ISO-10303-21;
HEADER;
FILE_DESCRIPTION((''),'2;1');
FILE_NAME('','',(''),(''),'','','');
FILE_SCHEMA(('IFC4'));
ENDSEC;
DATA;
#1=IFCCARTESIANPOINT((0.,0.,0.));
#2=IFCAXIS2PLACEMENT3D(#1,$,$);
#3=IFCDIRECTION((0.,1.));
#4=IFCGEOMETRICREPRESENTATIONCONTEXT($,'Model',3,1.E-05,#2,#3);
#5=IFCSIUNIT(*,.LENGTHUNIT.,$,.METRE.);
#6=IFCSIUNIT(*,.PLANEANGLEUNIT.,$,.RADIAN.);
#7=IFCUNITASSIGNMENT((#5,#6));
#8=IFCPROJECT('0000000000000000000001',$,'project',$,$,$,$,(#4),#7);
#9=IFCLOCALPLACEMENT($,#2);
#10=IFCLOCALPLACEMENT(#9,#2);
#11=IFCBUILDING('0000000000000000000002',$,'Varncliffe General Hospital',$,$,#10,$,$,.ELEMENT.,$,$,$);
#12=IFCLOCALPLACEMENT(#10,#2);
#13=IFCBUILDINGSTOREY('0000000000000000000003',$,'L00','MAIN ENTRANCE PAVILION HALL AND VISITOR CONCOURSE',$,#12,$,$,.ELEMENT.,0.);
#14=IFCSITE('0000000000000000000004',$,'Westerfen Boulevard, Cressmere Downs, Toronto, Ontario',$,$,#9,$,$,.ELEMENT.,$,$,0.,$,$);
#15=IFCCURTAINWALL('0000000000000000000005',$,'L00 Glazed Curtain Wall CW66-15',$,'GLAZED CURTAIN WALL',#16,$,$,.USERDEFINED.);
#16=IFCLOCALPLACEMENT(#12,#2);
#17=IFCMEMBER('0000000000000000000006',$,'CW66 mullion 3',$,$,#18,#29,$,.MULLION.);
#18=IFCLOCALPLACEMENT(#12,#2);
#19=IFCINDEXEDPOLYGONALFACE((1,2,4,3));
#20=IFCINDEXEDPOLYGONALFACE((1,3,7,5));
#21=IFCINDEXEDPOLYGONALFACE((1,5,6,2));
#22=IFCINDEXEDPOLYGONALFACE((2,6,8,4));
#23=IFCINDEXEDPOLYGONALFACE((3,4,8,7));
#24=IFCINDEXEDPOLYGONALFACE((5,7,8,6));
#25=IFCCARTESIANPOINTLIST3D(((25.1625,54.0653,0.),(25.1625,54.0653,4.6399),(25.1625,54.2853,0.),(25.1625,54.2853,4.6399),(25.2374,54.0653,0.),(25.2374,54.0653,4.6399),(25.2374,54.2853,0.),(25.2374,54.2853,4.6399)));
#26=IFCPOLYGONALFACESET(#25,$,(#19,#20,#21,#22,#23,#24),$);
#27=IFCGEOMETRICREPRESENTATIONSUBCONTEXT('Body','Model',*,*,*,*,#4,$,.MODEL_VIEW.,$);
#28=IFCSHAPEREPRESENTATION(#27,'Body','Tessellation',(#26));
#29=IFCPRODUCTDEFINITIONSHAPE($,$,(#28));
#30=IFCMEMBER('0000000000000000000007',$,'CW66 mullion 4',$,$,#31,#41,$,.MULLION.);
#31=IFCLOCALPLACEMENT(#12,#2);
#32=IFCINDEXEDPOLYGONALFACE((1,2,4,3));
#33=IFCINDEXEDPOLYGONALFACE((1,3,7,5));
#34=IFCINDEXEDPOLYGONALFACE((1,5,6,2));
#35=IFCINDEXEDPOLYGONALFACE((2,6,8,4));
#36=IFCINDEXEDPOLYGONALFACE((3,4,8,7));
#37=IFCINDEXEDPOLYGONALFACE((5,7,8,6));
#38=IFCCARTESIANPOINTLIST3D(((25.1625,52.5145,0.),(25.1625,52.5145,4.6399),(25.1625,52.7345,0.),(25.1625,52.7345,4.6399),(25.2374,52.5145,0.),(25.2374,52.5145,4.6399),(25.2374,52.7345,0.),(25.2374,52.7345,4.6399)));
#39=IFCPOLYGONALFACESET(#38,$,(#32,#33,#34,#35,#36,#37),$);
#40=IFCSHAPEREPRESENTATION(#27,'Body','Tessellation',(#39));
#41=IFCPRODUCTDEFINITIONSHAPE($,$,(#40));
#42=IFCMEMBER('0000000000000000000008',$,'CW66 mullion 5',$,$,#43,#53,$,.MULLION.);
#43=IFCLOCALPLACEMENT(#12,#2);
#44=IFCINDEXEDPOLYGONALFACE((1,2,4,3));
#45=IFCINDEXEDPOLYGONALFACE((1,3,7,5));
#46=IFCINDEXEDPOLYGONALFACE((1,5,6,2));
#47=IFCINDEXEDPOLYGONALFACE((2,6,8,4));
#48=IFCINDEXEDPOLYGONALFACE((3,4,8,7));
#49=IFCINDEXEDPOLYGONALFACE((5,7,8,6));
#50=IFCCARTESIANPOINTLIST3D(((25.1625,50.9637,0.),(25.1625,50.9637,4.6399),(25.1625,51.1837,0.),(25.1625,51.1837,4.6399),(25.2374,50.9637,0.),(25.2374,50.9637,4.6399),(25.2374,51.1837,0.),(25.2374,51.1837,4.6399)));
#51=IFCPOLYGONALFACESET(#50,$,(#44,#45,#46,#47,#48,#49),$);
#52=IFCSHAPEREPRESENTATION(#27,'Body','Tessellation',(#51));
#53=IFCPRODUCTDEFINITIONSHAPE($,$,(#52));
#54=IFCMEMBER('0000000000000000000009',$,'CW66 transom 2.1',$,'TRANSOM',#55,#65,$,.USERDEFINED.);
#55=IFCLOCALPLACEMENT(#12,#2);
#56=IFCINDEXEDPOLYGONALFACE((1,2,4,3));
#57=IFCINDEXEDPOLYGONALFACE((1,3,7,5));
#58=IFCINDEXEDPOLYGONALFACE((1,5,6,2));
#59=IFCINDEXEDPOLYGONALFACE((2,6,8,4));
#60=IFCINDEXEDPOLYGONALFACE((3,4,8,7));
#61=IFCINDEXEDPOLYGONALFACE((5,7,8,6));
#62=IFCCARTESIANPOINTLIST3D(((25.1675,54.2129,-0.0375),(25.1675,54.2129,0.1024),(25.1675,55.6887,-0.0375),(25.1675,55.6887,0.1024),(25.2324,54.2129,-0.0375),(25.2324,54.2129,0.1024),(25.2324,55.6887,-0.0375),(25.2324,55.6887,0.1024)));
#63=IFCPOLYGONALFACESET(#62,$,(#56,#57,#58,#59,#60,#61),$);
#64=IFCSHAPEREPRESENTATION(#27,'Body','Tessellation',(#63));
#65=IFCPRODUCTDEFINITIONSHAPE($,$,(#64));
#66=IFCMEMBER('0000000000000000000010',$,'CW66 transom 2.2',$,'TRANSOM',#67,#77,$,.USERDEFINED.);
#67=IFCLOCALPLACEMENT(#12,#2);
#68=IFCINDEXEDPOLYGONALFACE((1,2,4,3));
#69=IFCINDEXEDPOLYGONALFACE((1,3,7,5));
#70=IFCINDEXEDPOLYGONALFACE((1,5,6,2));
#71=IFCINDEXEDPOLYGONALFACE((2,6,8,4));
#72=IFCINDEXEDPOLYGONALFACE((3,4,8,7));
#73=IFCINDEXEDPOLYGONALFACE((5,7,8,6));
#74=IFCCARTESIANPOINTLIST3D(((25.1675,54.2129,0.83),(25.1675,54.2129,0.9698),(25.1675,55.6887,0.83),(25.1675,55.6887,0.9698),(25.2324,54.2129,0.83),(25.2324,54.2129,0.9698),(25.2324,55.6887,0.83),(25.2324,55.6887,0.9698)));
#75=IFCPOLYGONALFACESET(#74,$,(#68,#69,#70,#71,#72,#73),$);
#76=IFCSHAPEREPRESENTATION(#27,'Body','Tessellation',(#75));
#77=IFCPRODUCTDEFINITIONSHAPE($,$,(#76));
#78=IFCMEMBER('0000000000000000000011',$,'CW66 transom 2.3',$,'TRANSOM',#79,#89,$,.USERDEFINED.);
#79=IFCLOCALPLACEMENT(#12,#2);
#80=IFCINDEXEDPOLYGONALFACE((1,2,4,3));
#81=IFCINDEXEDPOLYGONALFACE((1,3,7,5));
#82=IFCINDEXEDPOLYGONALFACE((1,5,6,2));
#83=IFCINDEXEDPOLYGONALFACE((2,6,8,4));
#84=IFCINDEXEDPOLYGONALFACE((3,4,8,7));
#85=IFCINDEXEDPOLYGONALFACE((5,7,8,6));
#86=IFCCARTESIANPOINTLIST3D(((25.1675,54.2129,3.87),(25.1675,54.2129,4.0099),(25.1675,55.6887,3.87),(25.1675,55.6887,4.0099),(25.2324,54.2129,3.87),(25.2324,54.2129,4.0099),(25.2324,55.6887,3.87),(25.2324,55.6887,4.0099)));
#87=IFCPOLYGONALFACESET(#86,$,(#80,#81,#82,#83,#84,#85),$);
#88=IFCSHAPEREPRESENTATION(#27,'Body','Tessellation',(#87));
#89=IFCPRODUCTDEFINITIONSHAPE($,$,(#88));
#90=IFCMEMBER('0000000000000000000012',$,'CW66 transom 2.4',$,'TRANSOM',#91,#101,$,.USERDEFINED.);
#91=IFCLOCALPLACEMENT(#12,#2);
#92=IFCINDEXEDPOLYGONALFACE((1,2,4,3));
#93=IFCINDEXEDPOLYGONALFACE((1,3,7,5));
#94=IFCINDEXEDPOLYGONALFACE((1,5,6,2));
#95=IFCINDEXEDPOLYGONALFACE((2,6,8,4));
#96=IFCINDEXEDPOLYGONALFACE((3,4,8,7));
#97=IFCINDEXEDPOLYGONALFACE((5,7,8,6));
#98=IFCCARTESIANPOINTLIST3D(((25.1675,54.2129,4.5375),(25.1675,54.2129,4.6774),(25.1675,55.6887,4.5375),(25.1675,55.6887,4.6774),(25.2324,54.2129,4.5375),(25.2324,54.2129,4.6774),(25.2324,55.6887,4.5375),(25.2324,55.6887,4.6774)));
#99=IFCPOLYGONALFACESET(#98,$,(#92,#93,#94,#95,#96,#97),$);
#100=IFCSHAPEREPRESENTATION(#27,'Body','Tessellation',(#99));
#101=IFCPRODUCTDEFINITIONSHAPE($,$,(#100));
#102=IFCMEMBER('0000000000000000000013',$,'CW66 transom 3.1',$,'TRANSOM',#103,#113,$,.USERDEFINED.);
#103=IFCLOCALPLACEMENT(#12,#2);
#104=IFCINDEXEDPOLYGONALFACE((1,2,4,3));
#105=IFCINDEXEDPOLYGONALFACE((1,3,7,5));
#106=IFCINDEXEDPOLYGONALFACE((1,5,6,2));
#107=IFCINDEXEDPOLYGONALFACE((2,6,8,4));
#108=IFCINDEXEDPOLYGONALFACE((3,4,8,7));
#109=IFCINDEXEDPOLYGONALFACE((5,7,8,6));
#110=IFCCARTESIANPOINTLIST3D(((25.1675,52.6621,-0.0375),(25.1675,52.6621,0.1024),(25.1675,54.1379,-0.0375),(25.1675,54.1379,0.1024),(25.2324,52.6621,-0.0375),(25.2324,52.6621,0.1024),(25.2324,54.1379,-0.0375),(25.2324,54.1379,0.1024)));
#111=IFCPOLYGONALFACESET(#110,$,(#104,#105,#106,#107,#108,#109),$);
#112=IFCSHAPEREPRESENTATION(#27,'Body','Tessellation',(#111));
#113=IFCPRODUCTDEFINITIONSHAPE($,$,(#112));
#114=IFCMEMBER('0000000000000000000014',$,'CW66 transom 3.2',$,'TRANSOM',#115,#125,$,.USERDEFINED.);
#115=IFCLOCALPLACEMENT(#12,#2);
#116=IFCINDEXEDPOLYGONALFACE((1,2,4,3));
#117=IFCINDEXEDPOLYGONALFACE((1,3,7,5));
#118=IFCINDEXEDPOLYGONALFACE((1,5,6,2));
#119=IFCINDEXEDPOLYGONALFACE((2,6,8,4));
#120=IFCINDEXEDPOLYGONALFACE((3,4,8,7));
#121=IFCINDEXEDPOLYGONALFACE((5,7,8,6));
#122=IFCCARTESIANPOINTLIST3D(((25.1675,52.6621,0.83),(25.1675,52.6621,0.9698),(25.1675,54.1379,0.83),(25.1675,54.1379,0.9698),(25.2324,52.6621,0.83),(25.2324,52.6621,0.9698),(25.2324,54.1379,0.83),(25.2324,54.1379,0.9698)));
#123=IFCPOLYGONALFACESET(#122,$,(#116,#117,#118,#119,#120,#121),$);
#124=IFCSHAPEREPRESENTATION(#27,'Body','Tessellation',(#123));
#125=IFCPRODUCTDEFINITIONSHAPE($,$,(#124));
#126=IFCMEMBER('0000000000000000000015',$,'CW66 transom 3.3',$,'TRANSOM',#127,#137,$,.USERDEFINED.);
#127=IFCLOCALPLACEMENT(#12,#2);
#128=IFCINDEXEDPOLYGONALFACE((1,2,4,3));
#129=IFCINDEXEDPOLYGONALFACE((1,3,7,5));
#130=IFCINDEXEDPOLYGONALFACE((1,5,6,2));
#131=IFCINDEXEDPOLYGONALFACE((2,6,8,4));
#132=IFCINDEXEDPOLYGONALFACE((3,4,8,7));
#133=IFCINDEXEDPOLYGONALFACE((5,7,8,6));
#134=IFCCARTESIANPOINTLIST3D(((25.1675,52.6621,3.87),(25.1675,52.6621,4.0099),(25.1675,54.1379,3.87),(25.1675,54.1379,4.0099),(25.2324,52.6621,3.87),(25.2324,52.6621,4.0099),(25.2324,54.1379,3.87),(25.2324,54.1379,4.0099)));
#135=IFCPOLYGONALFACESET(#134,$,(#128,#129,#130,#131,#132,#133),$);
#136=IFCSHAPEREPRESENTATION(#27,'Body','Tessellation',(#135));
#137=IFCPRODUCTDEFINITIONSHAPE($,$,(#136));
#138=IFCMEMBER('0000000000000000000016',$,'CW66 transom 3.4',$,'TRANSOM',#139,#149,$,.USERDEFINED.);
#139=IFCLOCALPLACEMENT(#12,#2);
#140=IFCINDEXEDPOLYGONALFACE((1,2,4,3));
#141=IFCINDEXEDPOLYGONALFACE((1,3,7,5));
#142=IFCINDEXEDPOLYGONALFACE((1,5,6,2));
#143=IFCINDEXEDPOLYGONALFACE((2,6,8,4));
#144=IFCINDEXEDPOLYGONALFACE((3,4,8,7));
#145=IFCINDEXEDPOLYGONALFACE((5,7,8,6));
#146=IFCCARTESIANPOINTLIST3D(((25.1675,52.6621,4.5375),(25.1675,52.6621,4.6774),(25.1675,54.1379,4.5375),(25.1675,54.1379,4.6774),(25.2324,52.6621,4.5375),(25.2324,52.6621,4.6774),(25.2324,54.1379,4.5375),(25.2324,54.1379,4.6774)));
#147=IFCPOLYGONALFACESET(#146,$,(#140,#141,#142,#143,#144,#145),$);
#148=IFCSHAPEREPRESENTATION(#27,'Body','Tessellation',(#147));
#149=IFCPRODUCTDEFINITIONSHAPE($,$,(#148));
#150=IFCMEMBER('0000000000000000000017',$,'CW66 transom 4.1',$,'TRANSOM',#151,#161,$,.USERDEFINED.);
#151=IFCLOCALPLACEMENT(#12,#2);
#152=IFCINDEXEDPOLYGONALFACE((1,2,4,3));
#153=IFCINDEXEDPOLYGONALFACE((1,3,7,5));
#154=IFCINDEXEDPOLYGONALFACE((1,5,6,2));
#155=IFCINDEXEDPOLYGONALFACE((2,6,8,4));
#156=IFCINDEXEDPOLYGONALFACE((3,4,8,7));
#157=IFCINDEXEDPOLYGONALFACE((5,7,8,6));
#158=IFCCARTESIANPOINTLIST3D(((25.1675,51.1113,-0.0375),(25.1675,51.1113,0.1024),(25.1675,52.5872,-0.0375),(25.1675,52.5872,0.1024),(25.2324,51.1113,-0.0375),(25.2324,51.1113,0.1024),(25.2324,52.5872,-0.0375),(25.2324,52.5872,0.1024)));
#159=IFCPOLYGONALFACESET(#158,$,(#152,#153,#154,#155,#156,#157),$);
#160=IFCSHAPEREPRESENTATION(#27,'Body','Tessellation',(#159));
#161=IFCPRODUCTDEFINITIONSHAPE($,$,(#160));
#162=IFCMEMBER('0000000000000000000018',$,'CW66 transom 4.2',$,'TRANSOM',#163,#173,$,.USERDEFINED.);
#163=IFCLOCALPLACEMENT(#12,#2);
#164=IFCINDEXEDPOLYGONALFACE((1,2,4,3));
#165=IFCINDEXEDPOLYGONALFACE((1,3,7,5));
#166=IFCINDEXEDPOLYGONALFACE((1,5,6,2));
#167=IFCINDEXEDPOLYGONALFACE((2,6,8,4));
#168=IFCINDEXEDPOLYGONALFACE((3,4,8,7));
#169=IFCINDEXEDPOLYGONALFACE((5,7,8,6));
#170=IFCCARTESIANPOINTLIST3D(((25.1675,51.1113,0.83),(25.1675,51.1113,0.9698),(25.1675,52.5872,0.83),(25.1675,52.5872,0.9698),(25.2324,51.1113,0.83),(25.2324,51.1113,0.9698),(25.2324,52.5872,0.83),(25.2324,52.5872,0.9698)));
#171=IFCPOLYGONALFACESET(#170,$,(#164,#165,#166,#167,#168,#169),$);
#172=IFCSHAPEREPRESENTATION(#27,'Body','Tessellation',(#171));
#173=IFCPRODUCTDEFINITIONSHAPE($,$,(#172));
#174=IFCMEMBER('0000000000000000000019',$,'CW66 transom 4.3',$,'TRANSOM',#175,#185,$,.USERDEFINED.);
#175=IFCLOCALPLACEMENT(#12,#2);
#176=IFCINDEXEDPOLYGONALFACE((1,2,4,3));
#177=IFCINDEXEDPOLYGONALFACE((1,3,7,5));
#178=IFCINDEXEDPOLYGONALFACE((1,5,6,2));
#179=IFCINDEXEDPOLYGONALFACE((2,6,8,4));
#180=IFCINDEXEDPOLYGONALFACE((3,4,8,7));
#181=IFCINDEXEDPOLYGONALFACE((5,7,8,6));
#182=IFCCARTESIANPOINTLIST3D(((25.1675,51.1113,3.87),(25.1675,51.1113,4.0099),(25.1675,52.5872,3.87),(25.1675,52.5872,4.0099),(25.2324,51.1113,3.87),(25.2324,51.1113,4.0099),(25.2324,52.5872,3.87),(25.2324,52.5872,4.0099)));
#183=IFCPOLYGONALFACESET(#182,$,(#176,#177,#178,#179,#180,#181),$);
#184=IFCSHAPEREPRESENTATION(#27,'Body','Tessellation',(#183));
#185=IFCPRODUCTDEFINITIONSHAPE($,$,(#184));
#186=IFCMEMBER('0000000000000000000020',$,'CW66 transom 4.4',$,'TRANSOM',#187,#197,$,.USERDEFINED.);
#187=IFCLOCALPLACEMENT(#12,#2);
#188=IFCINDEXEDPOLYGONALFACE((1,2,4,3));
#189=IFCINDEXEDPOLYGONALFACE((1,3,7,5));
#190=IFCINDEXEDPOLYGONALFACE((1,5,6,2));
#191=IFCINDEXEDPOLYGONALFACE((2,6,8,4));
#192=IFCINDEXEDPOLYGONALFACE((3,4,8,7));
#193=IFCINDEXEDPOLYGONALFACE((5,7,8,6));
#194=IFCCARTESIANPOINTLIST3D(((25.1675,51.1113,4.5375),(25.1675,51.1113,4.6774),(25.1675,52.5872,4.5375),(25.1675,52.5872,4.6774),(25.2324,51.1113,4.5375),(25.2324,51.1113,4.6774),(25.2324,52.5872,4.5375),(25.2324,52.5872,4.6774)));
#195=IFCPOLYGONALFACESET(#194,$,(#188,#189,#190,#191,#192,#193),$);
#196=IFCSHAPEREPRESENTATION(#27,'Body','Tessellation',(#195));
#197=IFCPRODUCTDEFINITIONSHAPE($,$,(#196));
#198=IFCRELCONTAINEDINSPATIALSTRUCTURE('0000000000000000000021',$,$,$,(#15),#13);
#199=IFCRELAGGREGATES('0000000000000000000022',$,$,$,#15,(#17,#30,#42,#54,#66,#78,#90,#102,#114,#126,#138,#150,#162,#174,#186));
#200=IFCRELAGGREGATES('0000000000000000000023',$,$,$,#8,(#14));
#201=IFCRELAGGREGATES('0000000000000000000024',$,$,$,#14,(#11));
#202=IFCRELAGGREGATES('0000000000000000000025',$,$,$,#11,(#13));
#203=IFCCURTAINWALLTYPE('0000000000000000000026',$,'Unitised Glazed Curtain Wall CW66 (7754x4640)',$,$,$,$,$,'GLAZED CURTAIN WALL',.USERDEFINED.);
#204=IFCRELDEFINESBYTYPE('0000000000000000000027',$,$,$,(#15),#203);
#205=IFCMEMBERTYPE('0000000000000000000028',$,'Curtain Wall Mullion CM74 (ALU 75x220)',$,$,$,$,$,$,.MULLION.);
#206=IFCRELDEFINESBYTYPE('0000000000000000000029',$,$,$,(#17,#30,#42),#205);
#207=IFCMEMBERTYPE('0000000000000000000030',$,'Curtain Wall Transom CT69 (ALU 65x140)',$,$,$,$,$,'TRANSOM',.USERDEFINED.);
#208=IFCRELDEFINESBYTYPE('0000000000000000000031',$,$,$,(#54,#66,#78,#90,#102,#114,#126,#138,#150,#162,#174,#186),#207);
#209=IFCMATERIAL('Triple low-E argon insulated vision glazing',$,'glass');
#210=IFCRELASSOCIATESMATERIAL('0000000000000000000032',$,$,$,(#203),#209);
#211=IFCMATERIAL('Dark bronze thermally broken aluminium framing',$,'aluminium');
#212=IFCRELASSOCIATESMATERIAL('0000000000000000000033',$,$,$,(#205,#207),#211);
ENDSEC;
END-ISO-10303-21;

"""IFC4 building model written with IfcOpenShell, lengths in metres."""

from ifc_helpers import new_model, si_unit, direction, frame, origin, origin_2d, place, context, subcontext, project, spatial, rectangle, extrude, material, material_profile, profile_set, type_object, element, aggregate, save


model = new_model("IFC4")

# Units and contexts
model_context = context("Model", 3, precision=1e-05, world=origin(), true_north=direction((0.0, 1.0)))
body_context = subcontext(model_context, "Body", "Model", "MODEL_VIEW")
ifc_project = project(units=[si_unit("LENGTHUNIT", "METRE"), si_unit("PLANEANGLEUNIT", "RADIAN")], contexts=[model_context])

# Site, building, storey
site_placement = place(None, origin())
site = spatial("IfcSite", under=ifc_project, at=site_placement, Name="Westerfen Boulevard, Cressmere Downs, Toronto, Ontario", CompositionType="ELEMENT", RefElevation=0.0)
building_placement = place(site_placement, origin())
building = spatial("IfcBuilding", under=site, at=building_placement, Name="Varncliffe General Hospital", CompositionType="ELEMENT")
storey_placement = place(building_placement, origin())
storey = spatial("IfcBuildingStorey", under=building, at=storey_placement, Name="L00", Description="MAIN ENTRANCE PAVILION HALL AND VISITOR CONCOURSE", CompositionType="ELEMENT", Elevation=0.0)

# Curtain wall, members
ifc_material_1 = material(Name="Triple low-E argon insulated vision glazing", Category="glass")
curtain_wall_type = type_object("IfcCurtainWallType", Name="Unitised Glazed Curtain Wall CW66 (7754x4640)", ElementType="GLAZED CURTAIN WALL", PredefinedType="USERDEFINED", material=ifc_material_1)
curtain_wall_placement = place(storey_placement, origin())
curtain_wall = element("IfcCurtainWall", 1, at=curtain_wall_placement, inside=storey, type_object=curtain_wall_type, Name="L00 Glazed Curtain Wall CW66-15", ObjectType="GLAZED CURTAIN WALL", PredefinedType="USERDEFINED")
ifc_material_2 = material(Name="Dark bronze thermally broken aluminium framing", Category="aluminium")
ifc_material_profile_1 = material_profile(ifc_material_2, rectangle(XDim=0.075, YDim=0.22, at=origin_2d()), Name="ALU 75x220")
ifc_profile_set_1 = profile_set([ifc_material_profile_1], Name="Dark bronze thermally broken aluminium framing")
member_type_1 = type_object("IfcMemberType", Name="Curtain Wall Mullion CM74 (ALU 75x220)", PredefinedType="MULLION", material=ifc_profile_set_1)
member_1_placement = place(storey_placement, frame((25.2, 54.1753, 0.0), z_axis=(0.0, 0.0, 1.0), x_axis=(1.0, 0.0, 0.0)))
member_1 = element("IfcMember", 2, at=member_1_placement, type_object=member_type_1, Name="CW66 mullion 3", PredefinedType="MULLION", context=body_context, shape_type="SweptSolid", body=[
    extrude(rectangle(XDim=0.075, YDim=0.22, at=origin_2d()), origin(), (0.0, 0.0, 1.0), 4.6399),
])
member_2_placement = place(storey_placement, frame((25.2, 52.6245, 0.0), z_axis=(0.0, 0.0, 1.0), x_axis=(1.0, 0.0, 0.0)))
member_2 = element("IfcMember", 3, at=member_2_placement, type_object=member_type_1, Name="CW66 mullion 4", PredefinedType="MULLION", context=body_context, shape_type="SweptSolid", body=[
    extrude(rectangle(XDim=0.075, YDim=0.22, at=origin_2d()), origin(), (0.0, 0.0, 1.0), 4.6399),
])
member_3_placement = place(storey_placement, frame((25.2, 51.0737, 0.0), z_axis=(0.0, 0.0, 1.0), x_axis=(1.0, 0.0, 0.0)))
member_3 = element("IfcMember", 4, at=member_3_placement, type_object=member_type_1, Name="CW66 mullion 5", PredefinedType="MULLION", context=body_context, shape_type="SweptSolid", body=[
    extrude(rectangle(XDim=0.075, YDim=0.22, at=origin_2d()), origin(), (0.0, 0.0, 1.0), 4.6399),
])
ifc_material_profile_2 = material_profile(ifc_material_2, rectangle(XDim=0.0649, YDim=0.1399, at=origin_2d()), Name="ALU 65x140")
ifc_profile_set_2 = profile_set([ifc_material_profile_2], Name="Dark bronze thermally broken aluminium framing")
member_type_2 = type_object("IfcMemberType", Name="Curtain Wall Transom CT69 (ALU 65x140)", ElementType="TRANSOM", PredefinedType="USERDEFINED", material=ifc_profile_set_2)
member_4_placement = place(storey_placement, frame((25.2, 55.6887, 0.0325), z_axis=(0.0, -1.0, 0.0), x_axis=(1.0, 0.0, 0.0)))
member_4 = element("IfcMember", 5, at=member_4_placement, type_object=member_type_2, Name="CW66 transom 2.1", ObjectType="TRANSOM", PredefinedType="USERDEFINED", context=body_context, shape_type="SweptSolid", body=[
    extrude(rectangle(XDim=0.0649, YDim=0.1399, at=origin_2d()), origin(), (0.0, 0.0, 1.0), 1.4758),
])
member_5_placement = place(storey_placement, frame((25.2, 55.6887, 0.8999), z_axis=(0.0, -1.0, 0.0), x_axis=(1.0, 0.0, 0.0)))
member_5 = element("IfcMember", 6, at=member_5_placement, type_object=member_type_2, Name="CW66 transom 2.2", ObjectType="TRANSOM", PredefinedType="USERDEFINED", context=body_context, shape_type="SweptSolid", body=[
    extrude(rectangle(XDim=0.0649, YDim=0.1399, at=origin_2d()), origin(), (0.0, 0.0, 1.0), 1.4758),
])
member_6_placement = place(storey_placement, frame((25.2, 55.6887, 3.9399), z_axis=(0.0, -1.0, 0.0), x_axis=(1.0, 0.0, 0.0)))
member_6 = element("IfcMember", 7, at=member_6_placement, type_object=member_type_2, Name="CW66 transom 2.3", ObjectType="TRANSOM", PredefinedType="USERDEFINED", context=body_context, shape_type="SweptSolid", body=[
    extrude(rectangle(XDim=0.0649, YDim=0.1399, at=origin_2d()), origin(), (0.0, 0.0, 1.0), 1.4758),
])
member_7_placement = place(storey_placement, frame((25.2, 55.6887, 4.6074), z_axis=(0.0, -1.0, 0.0), x_axis=(1.0, 0.0, 0.0)))
member_7 = element("IfcMember", 8, at=member_7_placement, type_object=member_type_2, Name="CW66 transom 2.4", ObjectType="TRANSOM", PredefinedType="USERDEFINED", context=body_context, shape_type="SweptSolid", body=[
    extrude(rectangle(XDim=0.0649, YDim=0.1399, at=origin_2d()), origin(), (0.0, 0.0, 1.0), 1.4758),
])
member_8_placement = place(storey_placement, frame((25.2, 54.1379, 0.0325), z_axis=(0.0, -1.0, 0.0), x_axis=(1.0, 0.0, 0.0)))
member_8 = element("IfcMember", 9, at=member_8_placement, type_object=member_type_2, Name="CW66 transom 3.1", ObjectType="TRANSOM", PredefinedType="USERDEFINED", context=body_context, shape_type="SweptSolid", body=[
    extrude(rectangle(XDim=0.0649, YDim=0.1399, at=origin_2d()), origin(), (0.0, 0.0, 1.0), 1.4758),
])
member_9_placement = place(storey_placement, frame((25.2, 54.1379, 0.8999), z_axis=(0.0, -1.0, 0.0), x_axis=(1.0, 0.0, 0.0)))
member_9 = element("IfcMember", 10, at=member_9_placement, type_object=member_type_2, Name="CW66 transom 3.2", ObjectType="TRANSOM", PredefinedType="USERDEFINED", context=body_context, shape_type="SweptSolid", body=[
    extrude(rectangle(XDim=0.0649, YDim=0.1399, at=origin_2d()), origin(), (0.0, 0.0, 1.0), 1.4758),
])
member_10_placement = place(storey_placement, frame((25.2, 54.1379, 3.9399), z_axis=(0.0, -1.0, 0.0), x_axis=(1.0, 0.0, 0.0)))
member_10 = element("IfcMember", 11, at=member_10_placement, type_object=member_type_2, Name="CW66 transom 3.3", ObjectType="TRANSOM", PredefinedType="USERDEFINED", context=body_context, shape_type="SweptSolid", body=[
    extrude(rectangle(XDim=0.0649, YDim=0.1399, at=origin_2d()), origin(), (0.0, 0.0, 1.0), 1.4758),
])
member_11_placement = place(storey_placement, frame((25.2, 54.1379, 4.6074), z_axis=(0.0, -1.0, 0.0), x_axis=(1.0, 0.0, 0.0)))
member_11 = element("IfcMember", 12, at=member_11_placement, type_object=member_type_2, Name="CW66 transom 3.4", ObjectType="TRANSOM", PredefinedType="USERDEFINED", context=body_context, shape_type="SweptSolid", body=[
    extrude(rectangle(XDim=0.0649, YDim=0.1399, at=origin_2d()), origin(), (0.0, 0.0, 1.0), 1.4758),
])
member_12_placement = place(storey_placement, frame((25.2, 52.5872, 0.0325), z_axis=(0.0, -1.0, 0.0), x_axis=(1.0, 0.0, 0.0)))
member_12 = element("IfcMember", 13, at=member_12_placement, type_object=member_type_2, Name="CW66 transom 4.1", ObjectType="TRANSOM", PredefinedType="USERDEFINED", context=body_context, shape_type="SweptSolid", body=[
    extrude(rectangle(XDim=0.0649, YDim=0.1399, at=origin_2d()), origin(), (0.0, 0.0, 1.0), 1.4758),
])
member_13_placement = place(storey_placement, frame((25.2, 52.5872, 0.8999), z_axis=(0.0, -1.0, 0.0), x_axis=(1.0, 0.0, 0.0)))
member_13 = element("IfcMember", 14, at=member_13_placement, type_object=member_type_2, Name="CW66 transom 4.2", ObjectType="TRANSOM", PredefinedType="USERDEFINED", context=body_context, shape_type="SweptSolid", body=[
    extrude(rectangle(XDim=0.0649, YDim=0.1399, at=origin_2d()), origin(), (0.0, 0.0, 1.0), 1.4758),
])
member_14_placement = place(storey_placement, frame((25.2, 52.5872, 3.9399), z_axis=(0.0, -1.0, 0.0), x_axis=(1.0, 0.0, 0.0)))
member_14 = element("IfcMember", 15, at=member_14_placement, type_object=member_type_2, Name="CW66 transom 4.3", ObjectType="TRANSOM", PredefinedType="USERDEFINED", context=body_context, shape_type="SweptSolid", body=[
    extrude(rectangle(XDim=0.0649, YDim=0.1399, at=origin_2d()), origin(), (0.0, 0.0, 1.0), 1.4758),
])
member_15_placement = place(storey_placement, frame((25.2, 52.5872, 4.6074), z_axis=(0.0, -1.0, 0.0), x_axis=(1.0, 0.0, 0.0)))
member_15 = element("IfcMember", 16, at=member_15_placement, type_object=member_type_2, Name="CW66 transom 4.4", ObjectType="TRANSOM", PredefinedType="USERDEFINED", context=body_context, shape_type="SweptSolid", body=[
    extrude(rectangle(XDim=0.0649, YDim=0.1399, at=origin_2d()), origin(), (0.0, 0.0, 1.0), 1.4758),
])
aggregate(curtain_wall, [member_1, member_2, member_3, member_4, member_5, member_6, member_7, member_8, member_9, member_10, member_11, member_12, member_13, member_14, member_15])

save(model, "model.ifc")
